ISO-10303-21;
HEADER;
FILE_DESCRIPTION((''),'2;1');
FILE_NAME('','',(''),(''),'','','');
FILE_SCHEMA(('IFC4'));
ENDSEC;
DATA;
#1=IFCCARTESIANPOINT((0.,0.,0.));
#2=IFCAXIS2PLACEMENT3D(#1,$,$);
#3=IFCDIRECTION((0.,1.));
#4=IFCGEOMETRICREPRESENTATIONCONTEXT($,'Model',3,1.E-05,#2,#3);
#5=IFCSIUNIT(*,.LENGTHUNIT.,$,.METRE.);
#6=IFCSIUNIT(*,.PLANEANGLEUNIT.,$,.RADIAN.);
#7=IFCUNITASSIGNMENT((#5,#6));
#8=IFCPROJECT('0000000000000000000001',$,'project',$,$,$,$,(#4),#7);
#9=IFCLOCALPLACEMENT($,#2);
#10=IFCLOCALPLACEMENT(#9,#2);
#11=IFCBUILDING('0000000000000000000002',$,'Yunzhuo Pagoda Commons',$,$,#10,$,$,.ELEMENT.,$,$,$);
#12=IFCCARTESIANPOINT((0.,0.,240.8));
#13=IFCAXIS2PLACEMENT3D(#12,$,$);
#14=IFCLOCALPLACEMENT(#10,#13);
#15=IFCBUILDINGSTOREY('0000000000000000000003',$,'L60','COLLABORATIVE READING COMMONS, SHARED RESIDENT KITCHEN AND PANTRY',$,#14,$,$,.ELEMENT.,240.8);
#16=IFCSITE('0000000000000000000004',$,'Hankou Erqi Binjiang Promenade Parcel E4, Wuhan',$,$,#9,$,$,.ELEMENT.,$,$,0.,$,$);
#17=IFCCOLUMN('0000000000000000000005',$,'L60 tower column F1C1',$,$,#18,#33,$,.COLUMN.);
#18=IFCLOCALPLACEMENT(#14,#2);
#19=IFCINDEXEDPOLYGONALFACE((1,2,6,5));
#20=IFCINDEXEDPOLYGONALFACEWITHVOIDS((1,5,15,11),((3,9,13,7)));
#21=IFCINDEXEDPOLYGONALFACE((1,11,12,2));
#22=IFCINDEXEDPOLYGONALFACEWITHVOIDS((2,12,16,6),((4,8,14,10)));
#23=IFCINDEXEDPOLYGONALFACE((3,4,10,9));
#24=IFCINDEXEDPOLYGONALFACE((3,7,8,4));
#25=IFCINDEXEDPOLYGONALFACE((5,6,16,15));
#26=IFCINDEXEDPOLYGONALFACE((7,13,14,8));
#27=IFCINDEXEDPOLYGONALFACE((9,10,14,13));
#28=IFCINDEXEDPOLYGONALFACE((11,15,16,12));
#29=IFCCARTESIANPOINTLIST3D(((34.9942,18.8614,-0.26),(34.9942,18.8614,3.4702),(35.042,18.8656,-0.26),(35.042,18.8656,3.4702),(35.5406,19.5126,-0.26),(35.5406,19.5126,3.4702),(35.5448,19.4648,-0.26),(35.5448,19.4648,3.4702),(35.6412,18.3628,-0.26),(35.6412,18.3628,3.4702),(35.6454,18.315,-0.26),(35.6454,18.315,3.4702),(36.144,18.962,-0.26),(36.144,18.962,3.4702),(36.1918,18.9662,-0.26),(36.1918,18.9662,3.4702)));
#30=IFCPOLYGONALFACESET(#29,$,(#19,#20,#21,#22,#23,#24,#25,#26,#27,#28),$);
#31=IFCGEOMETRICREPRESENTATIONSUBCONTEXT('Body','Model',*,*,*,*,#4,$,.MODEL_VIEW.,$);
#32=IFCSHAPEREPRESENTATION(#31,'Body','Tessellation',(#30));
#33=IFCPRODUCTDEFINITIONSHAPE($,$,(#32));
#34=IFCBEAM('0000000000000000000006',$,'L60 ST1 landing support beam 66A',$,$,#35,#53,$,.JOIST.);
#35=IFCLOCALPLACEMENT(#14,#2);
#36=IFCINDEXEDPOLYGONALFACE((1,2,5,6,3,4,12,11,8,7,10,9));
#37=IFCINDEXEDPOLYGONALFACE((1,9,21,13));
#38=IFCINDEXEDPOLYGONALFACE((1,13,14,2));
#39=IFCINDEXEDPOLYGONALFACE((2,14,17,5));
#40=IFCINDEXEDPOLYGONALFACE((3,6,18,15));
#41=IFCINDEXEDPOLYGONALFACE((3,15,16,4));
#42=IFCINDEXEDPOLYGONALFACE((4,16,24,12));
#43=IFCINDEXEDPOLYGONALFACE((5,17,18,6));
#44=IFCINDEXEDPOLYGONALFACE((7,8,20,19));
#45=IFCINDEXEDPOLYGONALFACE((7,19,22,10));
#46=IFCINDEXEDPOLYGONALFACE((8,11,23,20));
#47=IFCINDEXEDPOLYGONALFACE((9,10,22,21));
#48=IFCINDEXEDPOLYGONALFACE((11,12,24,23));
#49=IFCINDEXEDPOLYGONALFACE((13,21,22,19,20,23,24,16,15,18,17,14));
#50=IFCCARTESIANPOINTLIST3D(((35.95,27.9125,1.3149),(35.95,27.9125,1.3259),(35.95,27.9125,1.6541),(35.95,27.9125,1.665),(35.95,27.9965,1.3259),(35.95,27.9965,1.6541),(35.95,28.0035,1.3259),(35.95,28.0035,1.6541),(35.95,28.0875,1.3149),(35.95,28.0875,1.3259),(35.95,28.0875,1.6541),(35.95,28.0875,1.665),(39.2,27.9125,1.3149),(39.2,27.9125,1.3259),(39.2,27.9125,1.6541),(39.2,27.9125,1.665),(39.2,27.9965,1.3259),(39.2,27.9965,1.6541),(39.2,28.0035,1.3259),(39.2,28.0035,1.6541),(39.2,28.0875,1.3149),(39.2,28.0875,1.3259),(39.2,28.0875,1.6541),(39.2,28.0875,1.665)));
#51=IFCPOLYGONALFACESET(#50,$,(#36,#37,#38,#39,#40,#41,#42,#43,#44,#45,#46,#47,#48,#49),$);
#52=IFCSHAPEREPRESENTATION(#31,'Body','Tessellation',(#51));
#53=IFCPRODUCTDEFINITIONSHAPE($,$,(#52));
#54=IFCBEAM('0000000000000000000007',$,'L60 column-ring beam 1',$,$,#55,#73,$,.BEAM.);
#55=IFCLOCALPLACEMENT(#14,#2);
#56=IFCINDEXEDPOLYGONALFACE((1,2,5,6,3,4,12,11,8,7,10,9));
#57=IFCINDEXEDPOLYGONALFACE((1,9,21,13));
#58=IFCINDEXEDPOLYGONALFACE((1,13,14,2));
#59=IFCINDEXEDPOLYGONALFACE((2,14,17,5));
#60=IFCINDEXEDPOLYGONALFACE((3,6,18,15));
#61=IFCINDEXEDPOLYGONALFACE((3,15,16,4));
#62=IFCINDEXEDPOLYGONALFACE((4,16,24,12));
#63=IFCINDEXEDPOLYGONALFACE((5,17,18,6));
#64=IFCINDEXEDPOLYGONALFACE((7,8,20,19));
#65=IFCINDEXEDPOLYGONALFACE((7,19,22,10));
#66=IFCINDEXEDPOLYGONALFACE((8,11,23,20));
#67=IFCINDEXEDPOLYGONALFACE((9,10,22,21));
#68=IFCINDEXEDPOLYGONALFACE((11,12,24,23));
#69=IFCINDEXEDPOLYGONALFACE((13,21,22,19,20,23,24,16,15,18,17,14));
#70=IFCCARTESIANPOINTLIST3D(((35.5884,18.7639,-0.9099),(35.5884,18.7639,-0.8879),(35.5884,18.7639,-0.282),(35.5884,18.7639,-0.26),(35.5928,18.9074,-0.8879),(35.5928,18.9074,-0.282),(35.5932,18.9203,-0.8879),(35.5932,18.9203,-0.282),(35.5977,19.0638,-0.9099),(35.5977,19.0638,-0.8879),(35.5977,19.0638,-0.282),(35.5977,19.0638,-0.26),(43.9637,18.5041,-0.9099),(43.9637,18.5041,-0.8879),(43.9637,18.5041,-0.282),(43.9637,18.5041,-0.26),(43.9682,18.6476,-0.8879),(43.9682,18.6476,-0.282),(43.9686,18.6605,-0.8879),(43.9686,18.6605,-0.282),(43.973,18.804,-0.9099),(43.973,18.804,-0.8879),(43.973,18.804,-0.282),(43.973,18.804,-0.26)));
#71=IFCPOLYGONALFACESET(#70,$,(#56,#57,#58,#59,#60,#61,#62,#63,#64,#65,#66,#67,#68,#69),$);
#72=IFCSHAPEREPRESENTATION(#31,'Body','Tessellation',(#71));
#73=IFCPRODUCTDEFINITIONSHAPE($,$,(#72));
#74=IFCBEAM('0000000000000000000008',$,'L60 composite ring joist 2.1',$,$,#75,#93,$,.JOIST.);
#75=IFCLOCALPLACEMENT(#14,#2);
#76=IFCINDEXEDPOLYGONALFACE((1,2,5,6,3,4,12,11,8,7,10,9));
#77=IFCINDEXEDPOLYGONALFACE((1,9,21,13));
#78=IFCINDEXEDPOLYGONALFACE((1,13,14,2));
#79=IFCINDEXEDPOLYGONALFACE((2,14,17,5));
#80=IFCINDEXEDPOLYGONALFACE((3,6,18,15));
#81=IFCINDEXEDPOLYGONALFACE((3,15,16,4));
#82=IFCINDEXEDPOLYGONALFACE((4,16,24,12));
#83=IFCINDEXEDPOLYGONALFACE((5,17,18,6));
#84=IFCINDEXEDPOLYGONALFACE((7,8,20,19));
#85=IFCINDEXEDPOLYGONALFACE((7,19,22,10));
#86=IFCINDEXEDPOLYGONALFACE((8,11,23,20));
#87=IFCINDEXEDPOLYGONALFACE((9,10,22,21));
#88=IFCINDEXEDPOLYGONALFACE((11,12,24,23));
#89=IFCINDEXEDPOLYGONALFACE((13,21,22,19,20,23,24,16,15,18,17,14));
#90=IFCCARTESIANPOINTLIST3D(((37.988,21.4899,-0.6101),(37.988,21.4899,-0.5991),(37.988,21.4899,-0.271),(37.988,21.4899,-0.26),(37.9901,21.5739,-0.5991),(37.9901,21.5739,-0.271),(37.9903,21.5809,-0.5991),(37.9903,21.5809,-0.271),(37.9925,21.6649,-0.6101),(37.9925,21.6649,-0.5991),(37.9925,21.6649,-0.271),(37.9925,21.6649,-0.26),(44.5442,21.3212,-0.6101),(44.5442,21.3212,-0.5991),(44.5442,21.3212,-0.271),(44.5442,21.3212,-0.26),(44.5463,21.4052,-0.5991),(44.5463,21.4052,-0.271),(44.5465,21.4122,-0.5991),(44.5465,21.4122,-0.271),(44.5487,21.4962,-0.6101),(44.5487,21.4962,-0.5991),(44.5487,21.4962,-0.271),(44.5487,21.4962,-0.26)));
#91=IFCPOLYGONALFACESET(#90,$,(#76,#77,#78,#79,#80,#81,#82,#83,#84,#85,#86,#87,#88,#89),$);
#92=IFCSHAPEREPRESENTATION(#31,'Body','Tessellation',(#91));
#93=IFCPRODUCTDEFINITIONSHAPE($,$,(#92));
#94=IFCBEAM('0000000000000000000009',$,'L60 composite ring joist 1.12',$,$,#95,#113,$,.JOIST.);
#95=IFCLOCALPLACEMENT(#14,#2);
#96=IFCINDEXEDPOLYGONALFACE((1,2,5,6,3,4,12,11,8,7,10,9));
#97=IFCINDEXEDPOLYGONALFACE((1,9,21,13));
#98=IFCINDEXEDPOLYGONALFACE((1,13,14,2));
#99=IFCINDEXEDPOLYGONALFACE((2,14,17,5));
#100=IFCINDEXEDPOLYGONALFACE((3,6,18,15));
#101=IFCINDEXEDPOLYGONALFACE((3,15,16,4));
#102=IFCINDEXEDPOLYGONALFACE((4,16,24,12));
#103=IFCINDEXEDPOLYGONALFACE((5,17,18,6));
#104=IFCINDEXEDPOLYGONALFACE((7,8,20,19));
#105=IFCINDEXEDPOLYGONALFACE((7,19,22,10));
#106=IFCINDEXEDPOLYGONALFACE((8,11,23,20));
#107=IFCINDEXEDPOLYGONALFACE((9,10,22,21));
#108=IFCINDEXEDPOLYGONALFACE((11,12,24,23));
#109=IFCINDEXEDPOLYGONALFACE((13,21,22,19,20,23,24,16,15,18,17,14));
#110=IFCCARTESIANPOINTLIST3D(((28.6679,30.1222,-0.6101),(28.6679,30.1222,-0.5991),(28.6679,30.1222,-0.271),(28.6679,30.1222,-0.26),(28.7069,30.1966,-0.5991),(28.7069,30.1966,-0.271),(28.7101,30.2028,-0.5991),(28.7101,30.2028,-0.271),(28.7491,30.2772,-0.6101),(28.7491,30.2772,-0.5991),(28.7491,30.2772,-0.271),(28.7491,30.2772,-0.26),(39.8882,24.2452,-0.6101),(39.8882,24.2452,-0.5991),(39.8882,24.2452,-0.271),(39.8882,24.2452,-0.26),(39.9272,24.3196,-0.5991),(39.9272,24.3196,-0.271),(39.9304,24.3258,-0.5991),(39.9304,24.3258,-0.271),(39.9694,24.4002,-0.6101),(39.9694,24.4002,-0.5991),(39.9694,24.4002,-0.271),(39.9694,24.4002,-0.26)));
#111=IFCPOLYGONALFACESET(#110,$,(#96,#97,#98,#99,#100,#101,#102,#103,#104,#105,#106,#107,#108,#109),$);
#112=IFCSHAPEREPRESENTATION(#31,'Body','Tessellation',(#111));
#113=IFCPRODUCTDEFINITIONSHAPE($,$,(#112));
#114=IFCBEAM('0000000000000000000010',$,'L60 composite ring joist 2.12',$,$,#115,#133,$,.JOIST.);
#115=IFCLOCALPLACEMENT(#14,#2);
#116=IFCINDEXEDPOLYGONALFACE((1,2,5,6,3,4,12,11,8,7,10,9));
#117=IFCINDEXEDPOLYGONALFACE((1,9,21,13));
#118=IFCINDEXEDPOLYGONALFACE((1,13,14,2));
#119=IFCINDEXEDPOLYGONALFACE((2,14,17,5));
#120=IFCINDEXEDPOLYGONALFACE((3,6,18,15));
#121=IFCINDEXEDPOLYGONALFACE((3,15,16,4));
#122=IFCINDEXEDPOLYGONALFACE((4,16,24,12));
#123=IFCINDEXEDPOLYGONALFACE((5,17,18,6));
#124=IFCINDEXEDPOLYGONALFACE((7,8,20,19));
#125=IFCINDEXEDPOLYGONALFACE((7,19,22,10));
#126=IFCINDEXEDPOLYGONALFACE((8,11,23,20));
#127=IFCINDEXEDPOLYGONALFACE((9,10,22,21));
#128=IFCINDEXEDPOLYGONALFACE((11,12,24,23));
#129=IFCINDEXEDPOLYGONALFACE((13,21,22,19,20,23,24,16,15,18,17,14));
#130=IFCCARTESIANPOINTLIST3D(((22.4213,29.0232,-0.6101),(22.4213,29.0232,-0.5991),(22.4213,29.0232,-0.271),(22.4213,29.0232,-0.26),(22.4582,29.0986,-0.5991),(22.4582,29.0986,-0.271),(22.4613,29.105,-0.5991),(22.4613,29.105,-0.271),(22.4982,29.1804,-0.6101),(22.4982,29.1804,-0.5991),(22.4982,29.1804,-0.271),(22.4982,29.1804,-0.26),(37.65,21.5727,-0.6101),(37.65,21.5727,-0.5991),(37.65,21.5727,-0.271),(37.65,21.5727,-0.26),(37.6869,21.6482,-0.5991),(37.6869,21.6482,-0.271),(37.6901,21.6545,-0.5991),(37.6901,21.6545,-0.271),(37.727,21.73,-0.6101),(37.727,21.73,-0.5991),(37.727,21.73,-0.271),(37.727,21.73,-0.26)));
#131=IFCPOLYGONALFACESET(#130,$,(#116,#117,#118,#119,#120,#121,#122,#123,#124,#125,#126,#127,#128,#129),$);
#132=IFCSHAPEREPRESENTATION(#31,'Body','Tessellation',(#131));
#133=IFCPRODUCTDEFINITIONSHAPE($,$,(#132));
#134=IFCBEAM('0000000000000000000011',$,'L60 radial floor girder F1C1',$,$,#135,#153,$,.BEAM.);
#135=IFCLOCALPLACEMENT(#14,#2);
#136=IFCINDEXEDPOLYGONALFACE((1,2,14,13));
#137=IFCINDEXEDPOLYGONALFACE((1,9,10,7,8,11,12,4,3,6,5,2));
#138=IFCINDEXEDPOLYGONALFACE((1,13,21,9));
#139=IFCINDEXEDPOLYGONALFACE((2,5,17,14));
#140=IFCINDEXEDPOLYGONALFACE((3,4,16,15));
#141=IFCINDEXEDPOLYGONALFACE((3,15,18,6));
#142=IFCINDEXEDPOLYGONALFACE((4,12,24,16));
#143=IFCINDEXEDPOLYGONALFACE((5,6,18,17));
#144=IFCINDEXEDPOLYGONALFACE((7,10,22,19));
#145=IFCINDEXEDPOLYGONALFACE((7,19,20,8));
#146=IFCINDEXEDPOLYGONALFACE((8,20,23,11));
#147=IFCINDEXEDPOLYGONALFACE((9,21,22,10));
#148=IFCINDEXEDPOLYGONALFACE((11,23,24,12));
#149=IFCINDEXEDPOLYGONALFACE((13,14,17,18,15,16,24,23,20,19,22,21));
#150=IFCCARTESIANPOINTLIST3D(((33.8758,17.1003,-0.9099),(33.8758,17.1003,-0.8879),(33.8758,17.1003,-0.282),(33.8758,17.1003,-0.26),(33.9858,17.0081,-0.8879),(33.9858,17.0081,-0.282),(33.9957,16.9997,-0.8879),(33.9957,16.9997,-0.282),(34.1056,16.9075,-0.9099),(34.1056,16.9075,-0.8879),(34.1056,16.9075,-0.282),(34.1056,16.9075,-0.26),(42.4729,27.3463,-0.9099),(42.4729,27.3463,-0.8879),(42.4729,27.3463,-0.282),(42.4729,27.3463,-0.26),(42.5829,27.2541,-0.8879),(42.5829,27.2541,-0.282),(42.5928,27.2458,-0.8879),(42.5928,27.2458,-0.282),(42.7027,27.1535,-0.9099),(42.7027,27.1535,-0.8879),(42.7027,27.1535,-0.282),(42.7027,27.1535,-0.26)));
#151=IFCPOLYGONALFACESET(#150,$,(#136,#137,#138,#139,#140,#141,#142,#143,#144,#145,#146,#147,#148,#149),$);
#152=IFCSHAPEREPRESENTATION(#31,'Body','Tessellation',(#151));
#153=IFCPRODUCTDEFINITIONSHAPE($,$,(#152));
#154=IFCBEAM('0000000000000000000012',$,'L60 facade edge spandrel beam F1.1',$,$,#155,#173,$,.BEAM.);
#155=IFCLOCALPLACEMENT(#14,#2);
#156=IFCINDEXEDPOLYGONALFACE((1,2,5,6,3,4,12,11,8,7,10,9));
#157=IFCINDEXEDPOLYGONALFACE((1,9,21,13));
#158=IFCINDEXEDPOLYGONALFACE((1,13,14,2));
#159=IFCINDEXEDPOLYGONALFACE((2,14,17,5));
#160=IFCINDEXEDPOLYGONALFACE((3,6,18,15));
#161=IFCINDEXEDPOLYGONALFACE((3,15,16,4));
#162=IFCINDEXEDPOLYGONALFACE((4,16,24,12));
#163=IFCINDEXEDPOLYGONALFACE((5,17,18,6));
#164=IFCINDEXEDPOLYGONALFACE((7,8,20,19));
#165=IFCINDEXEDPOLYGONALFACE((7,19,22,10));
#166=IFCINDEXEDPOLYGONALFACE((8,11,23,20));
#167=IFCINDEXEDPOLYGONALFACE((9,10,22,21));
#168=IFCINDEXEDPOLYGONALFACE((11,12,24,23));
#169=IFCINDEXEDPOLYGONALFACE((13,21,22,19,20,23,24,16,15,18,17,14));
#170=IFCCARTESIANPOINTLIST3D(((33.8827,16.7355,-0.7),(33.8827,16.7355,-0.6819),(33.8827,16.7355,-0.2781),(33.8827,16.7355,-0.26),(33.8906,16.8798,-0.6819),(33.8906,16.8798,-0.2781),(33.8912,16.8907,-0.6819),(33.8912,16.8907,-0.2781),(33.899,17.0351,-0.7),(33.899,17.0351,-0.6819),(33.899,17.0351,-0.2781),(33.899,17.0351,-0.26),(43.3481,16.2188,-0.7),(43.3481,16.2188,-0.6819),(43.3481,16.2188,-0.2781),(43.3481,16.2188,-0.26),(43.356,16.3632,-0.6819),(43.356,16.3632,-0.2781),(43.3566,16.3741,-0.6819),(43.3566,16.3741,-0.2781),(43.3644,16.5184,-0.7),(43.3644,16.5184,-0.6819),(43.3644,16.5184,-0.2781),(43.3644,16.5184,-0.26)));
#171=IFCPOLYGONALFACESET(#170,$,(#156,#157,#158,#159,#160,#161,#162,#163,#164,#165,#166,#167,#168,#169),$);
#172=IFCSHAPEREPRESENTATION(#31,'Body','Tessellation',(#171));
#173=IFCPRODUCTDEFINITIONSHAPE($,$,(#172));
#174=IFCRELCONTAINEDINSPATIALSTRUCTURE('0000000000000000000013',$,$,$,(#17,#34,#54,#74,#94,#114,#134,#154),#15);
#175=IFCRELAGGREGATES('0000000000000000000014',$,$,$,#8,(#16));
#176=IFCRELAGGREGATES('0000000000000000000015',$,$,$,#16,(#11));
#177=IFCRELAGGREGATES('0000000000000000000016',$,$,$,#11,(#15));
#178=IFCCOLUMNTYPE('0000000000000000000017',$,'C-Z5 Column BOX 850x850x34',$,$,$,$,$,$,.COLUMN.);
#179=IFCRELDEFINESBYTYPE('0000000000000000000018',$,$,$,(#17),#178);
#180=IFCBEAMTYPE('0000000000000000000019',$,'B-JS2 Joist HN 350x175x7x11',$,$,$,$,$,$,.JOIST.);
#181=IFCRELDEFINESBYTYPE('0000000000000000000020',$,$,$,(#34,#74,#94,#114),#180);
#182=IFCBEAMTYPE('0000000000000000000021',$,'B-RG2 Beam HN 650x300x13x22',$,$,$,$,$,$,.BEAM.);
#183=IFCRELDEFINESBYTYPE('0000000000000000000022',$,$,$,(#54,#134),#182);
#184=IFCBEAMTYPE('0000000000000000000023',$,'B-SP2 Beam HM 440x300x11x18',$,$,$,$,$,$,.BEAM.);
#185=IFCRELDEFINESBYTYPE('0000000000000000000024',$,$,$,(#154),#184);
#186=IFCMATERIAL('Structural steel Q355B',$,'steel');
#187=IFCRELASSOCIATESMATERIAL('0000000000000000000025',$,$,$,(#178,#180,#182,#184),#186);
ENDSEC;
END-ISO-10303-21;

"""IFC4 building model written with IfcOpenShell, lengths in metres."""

from ifc_helpers import new_model, si_unit, direction, frame, origin, origin_2d, place, context, subcontext, project, spatial, hollow_rectangle, i_section, extrude, source, transform, mapped, material, material_profile, profile_set, type_object, element, save


model = new_model("IFC4")

# Units and contexts
model_context = context("Model", 3, precision=1e-05, world=origin(), true_north=direction((0.0, 1.0)))
body_context = subcontext(model_context, "Body", "Model", "MODEL_VIEW")
ifc_project = project(units=[si_unit("LENGTHUNIT", "METRE"), si_unit("PLANEANGLEUNIT", "RADIAN")], contexts=[model_context])

# Site, building, storey
site_placement = place(None, origin())
site = spatial("IfcSite", under=ifc_project, at=site_placement, Name="Hankou Erqi Binjiang Promenade Parcel E4, Wuhan", CompositionType="ELEMENT", RefElevation=0.0)
building_placement = place(site_placement, origin())
building = spatial("IfcBuilding", under=site, at=building_placement, Name="Yunzhuo Pagoda Commons", CompositionType="ELEMENT")
storey_placement = place(building_placement, frame((0.0, 0.0, 240.8)))
storey = spatial("IfcBuildingStorey", under=building, at=storey_placement, Name="L60", Description="COLLABORATIVE READING COMMONS, SHARED RESIDENT KITCHEN AND PANTRY", CompositionType="ELEMENT", Elevation=240.8)

# Column
ifc_material_1 = material(Name="Structural steel Q355B", Category="steel")
ifc_material_profile_1 = material_profile(ifc_material_1, hollow_rectangle(XDim=0.8501, YDim=0.8501, WallThickness=0.0339, at=origin_2d()), Name="Structural steel Q355B")
ifc_profile_set_1 = profile_set([ifc_material_profile_1], Name="Structural steel Q355B")
column_type = type_object("IfcColumnType", Name="C-Z5 Column BOX 850x850x34", PredefinedType="COLUMN", material=ifc_profile_set_1)
shared_shape_1 = source(origin(), body_context, "Body", "SweptSolid", [
    extrude(hollow_rectangle(XDim=0.8501, YDim=0.8501, WallThickness=0.0339, at=origin_2d()), origin(), (0.0, 0.0, 1.0), 3.7302),
])
column_placement = place(storey_placement, frame((35.593, 18.9138, -0.26), z_axis=(0.0, 0.0, 1.0), x_axis=(0.766044, -0.642788, 0.0)))
element("IfcColumn", 1, at=column_placement, inside=storey, type_object=column_type, Name="L60 tower column F1C1", PredefinedType="COLUMN", context=body_context, shape_type="MappedRepresentation", body=[
    mapped(shared_shape_1, transform((0.0, 0.0, 0.0), scale=1.0)),
])

# Beams
ifc_material_profile_2 = material_profile(ifc_material_1, i_section(OverallWidth=0.175, OverallDepth=0.3501, WebThickness=0.0071, FlangeThickness=0.011, at=origin_2d()), Name="Structural steel Q355B")
ifc_profile_set_2 = profile_set([ifc_material_profile_2], Name="Structural steel Q355B")
beam_type_1 = type_object("IfcBeamType", Name="B-JS2 Joist HN 350x175x7x11", PredefinedType="JOIST", material=ifc_profile_set_2)
shared_shape_2 = source(origin(), body_context, "Body", "SweptSolid", [
    extrude(i_section(OverallWidth=0.175, OverallDepth=0.3501, WebThickness=0.0071, FlangeThickness=0.011, at=origin_2d()), origin(), (0.0, 0.0, 1.0), 3.25),
])
beam_1_placement = place(storey_placement, frame((35.95, 28.0, 1.49), z_axis=(1.0, 0.0, 0.0), x_axis=(0.0, 1.0, 0.0)))
element("IfcBeam", 2, at=beam_1_placement, inside=storey, type_object=beam_type_1, Name="L60 ST1 landing support beam 66A", PredefinedType="JOIST", context=body_context, shape_type="MappedRepresentation", body=[
    mapped(shared_shape_2, transform((0.0, 0.0, 0.0), scale=1.0)),
])
ifc_material_profile_3 = material_profile(ifc_material_1, i_section(OverallWidth=0.3, OverallDepth=0.6499, WebThickness=0.0129, FlangeThickness=0.022, at=origin_2d()), Name="Structural steel Q355B")
ifc_profile_set_3 = profile_set([ifc_material_profile_3], Name="Structural steel Q355B")
beam_type_2 = type_object("IfcBeamType", Name="B-RG2 Beam HN 650x300x13x22", PredefinedType="BEAM", material=ifc_profile_set_3)
shared_shape_3 = source(origin(), body_context, "Body", "SweptSolid", [
    extrude(i_section(OverallWidth=0.3, OverallDepth=0.6499, WebThickness=0.0129, FlangeThickness=0.022, at=origin_2d()), origin(), (0.0, 0.0, 1.0), 8.3794),
])
beam_2_placement = place(storey_placement, frame((35.593, 18.9138, -0.585), z_axis=(0.999519, -0.031, 0.0), x_axis=(0.031, 0.999519, 0.0)))
element("IfcBeam", 3, at=beam_2_placement, inside=storey, type_object=beam_type_2, Name="L60 column-ring beam 1", PredefinedType="BEAM", context=body_context, shape_type="MappedRepresentation", body=[
    mapped(shared_shape_3, transform((0.0, 0.0, 0.0), scale=1.0)),
])
shared_shape_4 = source(origin(), body_context, "Body", "SweptSolid", [
    extrude(i_section(OverallWidth=0.175, OverallDepth=0.3501, WebThickness=0.0071, FlangeThickness=0.011, at=origin_2d()), origin(), (0.0, 0.0, 1.0), 6.5583),
])
beam_3_placement = place(storey_placement, frame((37.9902, 21.5774, -0.4351), z_axis=(0.999669, -0.025723, 0.0), x_axis=(0.025723, 0.999669, 0.0)))
element("IfcBeam", 4, at=beam_3_placement, inside=storey, type_object=beam_type_1, Name="L60 composite ring joist 2.1", PredefinedType="JOIST", context=body_context, shape_type="MappedRepresentation", body=[
    mapped(shared_shape_4, transform((0.0, 0.0, 0.0), scale=1.0)),
])
shared_shape_5 = source(origin(), body_context, "Body", "SweptSolid", [
    extrude(i_section(OverallWidth=0.175, OverallDepth=0.3501, WebThickness=0.0071, FlangeThickness=0.011, at=origin_2d()), origin(), (0.0, 0.0, 1.0), 12.6663),
])
beam_4_placement = place(storey_placement, frame((28.7085, 30.1997, -0.4351), z_axis=(0.885841, -0.463988, 0.0), x_axis=(0.463988, 0.885841, 0.0)))
element("IfcBeam", 5, at=beam_4_placement, inside=storey, type_object=beam_type_1, Name="L60 composite ring joist 1.12", PredefinedType="JOIST", context=body_context, shape_type="MappedRepresentation", body=[
    mapped(shared_shape_5, transform((0.0, 0.0, 0.0), scale=1.0)),
])
shared_shape_6 = source(origin(), body_context, "Body", "SweptSolid", [
    extrude(i_section(OverallWidth=0.175, OverallDepth=0.3501, WebThickness=0.0071, FlangeThickness=0.011, at=origin_2d()), origin(), (0.0, 0.0, 1.0), 16.9536),
])
beam_5_placement = place(storey_placement, frame((22.4597, 29.1018, -0.4351), z_axis=(0.898262, -0.439461, 0.0), x_axis=(0.439461, 0.898262, 0.0)))
element("IfcBeam", 6, at=beam_5_placement, inside=storey, type_object=beam_type_1, Name="L60 composite ring joist 2.12", PredefinedType="JOIST", context=body_context, shape_type="MappedRepresentation", body=[
    mapped(shared_shape_6, transform((0.0, 0.0, 0.0), scale=1.0)),
])
shared_shape_7 = source(origin(), body_context, "Body", "SweptSolid", [
    extrude(i_section(OverallWidth=0.3, OverallDepth=0.6499, WebThickness=0.0129, FlangeThickness=0.022, at=origin_2d()), origin(), (0.0, 0.0, 1.0), 13.375),
])
beam_6_placement = place(storey_placement, frame((33.9907, 17.0039, -0.585), z_axis=(0.642773, 0.766056, 0.0), x_axis=(-0.766056, 0.642773, 0.0)))
element("IfcBeam", 7, at=beam_6_placement, inside=storey, type_object=beam_type_2, Name="L60 radial floor girder F1C1", PredefinedType="BEAM", context=body_context, shape_type="MappedRepresentation", body=[
    mapped(shared_shape_7, transform((0.0, 0.0, 0.0), scale=1.0)),
])
ifc_material_profile_4 = material_profile(ifc_material_1, i_section(OverallWidth=0.3, OverallDepth=0.4399, WebThickness=0.011, FlangeThickness=0.0181, at=origin_2d()), Name="Structural steel Q355B")
ifc_profile_set_4 = profile_set([ifc_material_profile_4], Name="Structural steel Q355B")
beam_type_3 = type_object("IfcBeamType", Name="B-SP2 Beam HM 440x300x11x18", PredefinedType="BEAM", material=ifc_profile_set_4)
shared_shape_8 = source(origin(), body_context, "Body", "SweptSolid", [
    extrude(i_section(OverallWidth=0.3, OverallDepth=0.4399, WebThickness=0.011, FlangeThickness=0.0181, at=origin_2d()), origin(), (0.0, 0.0, 1.0), 9.4795),
])
beam_7_placement = place(storey_placement, frame((33.8909, 16.8853, -0.48), z_axis=(0.998514, -0.054497, 0.0), x_axis=(0.054497, 0.998514, 0.0)))
element("IfcBeam", 8, at=beam_7_placement, inside=storey, type_object=beam_type_3, Name="L60 facade edge spandrel beam F1.1", PredefinedType="BEAM", context=body_context, shape_type="MappedRepresentation", body=[
    mapped(shared_shape_8, transform((0.0, 0.0, 0.0), scale=1.0)),
])

save(model, "model.ifc")
